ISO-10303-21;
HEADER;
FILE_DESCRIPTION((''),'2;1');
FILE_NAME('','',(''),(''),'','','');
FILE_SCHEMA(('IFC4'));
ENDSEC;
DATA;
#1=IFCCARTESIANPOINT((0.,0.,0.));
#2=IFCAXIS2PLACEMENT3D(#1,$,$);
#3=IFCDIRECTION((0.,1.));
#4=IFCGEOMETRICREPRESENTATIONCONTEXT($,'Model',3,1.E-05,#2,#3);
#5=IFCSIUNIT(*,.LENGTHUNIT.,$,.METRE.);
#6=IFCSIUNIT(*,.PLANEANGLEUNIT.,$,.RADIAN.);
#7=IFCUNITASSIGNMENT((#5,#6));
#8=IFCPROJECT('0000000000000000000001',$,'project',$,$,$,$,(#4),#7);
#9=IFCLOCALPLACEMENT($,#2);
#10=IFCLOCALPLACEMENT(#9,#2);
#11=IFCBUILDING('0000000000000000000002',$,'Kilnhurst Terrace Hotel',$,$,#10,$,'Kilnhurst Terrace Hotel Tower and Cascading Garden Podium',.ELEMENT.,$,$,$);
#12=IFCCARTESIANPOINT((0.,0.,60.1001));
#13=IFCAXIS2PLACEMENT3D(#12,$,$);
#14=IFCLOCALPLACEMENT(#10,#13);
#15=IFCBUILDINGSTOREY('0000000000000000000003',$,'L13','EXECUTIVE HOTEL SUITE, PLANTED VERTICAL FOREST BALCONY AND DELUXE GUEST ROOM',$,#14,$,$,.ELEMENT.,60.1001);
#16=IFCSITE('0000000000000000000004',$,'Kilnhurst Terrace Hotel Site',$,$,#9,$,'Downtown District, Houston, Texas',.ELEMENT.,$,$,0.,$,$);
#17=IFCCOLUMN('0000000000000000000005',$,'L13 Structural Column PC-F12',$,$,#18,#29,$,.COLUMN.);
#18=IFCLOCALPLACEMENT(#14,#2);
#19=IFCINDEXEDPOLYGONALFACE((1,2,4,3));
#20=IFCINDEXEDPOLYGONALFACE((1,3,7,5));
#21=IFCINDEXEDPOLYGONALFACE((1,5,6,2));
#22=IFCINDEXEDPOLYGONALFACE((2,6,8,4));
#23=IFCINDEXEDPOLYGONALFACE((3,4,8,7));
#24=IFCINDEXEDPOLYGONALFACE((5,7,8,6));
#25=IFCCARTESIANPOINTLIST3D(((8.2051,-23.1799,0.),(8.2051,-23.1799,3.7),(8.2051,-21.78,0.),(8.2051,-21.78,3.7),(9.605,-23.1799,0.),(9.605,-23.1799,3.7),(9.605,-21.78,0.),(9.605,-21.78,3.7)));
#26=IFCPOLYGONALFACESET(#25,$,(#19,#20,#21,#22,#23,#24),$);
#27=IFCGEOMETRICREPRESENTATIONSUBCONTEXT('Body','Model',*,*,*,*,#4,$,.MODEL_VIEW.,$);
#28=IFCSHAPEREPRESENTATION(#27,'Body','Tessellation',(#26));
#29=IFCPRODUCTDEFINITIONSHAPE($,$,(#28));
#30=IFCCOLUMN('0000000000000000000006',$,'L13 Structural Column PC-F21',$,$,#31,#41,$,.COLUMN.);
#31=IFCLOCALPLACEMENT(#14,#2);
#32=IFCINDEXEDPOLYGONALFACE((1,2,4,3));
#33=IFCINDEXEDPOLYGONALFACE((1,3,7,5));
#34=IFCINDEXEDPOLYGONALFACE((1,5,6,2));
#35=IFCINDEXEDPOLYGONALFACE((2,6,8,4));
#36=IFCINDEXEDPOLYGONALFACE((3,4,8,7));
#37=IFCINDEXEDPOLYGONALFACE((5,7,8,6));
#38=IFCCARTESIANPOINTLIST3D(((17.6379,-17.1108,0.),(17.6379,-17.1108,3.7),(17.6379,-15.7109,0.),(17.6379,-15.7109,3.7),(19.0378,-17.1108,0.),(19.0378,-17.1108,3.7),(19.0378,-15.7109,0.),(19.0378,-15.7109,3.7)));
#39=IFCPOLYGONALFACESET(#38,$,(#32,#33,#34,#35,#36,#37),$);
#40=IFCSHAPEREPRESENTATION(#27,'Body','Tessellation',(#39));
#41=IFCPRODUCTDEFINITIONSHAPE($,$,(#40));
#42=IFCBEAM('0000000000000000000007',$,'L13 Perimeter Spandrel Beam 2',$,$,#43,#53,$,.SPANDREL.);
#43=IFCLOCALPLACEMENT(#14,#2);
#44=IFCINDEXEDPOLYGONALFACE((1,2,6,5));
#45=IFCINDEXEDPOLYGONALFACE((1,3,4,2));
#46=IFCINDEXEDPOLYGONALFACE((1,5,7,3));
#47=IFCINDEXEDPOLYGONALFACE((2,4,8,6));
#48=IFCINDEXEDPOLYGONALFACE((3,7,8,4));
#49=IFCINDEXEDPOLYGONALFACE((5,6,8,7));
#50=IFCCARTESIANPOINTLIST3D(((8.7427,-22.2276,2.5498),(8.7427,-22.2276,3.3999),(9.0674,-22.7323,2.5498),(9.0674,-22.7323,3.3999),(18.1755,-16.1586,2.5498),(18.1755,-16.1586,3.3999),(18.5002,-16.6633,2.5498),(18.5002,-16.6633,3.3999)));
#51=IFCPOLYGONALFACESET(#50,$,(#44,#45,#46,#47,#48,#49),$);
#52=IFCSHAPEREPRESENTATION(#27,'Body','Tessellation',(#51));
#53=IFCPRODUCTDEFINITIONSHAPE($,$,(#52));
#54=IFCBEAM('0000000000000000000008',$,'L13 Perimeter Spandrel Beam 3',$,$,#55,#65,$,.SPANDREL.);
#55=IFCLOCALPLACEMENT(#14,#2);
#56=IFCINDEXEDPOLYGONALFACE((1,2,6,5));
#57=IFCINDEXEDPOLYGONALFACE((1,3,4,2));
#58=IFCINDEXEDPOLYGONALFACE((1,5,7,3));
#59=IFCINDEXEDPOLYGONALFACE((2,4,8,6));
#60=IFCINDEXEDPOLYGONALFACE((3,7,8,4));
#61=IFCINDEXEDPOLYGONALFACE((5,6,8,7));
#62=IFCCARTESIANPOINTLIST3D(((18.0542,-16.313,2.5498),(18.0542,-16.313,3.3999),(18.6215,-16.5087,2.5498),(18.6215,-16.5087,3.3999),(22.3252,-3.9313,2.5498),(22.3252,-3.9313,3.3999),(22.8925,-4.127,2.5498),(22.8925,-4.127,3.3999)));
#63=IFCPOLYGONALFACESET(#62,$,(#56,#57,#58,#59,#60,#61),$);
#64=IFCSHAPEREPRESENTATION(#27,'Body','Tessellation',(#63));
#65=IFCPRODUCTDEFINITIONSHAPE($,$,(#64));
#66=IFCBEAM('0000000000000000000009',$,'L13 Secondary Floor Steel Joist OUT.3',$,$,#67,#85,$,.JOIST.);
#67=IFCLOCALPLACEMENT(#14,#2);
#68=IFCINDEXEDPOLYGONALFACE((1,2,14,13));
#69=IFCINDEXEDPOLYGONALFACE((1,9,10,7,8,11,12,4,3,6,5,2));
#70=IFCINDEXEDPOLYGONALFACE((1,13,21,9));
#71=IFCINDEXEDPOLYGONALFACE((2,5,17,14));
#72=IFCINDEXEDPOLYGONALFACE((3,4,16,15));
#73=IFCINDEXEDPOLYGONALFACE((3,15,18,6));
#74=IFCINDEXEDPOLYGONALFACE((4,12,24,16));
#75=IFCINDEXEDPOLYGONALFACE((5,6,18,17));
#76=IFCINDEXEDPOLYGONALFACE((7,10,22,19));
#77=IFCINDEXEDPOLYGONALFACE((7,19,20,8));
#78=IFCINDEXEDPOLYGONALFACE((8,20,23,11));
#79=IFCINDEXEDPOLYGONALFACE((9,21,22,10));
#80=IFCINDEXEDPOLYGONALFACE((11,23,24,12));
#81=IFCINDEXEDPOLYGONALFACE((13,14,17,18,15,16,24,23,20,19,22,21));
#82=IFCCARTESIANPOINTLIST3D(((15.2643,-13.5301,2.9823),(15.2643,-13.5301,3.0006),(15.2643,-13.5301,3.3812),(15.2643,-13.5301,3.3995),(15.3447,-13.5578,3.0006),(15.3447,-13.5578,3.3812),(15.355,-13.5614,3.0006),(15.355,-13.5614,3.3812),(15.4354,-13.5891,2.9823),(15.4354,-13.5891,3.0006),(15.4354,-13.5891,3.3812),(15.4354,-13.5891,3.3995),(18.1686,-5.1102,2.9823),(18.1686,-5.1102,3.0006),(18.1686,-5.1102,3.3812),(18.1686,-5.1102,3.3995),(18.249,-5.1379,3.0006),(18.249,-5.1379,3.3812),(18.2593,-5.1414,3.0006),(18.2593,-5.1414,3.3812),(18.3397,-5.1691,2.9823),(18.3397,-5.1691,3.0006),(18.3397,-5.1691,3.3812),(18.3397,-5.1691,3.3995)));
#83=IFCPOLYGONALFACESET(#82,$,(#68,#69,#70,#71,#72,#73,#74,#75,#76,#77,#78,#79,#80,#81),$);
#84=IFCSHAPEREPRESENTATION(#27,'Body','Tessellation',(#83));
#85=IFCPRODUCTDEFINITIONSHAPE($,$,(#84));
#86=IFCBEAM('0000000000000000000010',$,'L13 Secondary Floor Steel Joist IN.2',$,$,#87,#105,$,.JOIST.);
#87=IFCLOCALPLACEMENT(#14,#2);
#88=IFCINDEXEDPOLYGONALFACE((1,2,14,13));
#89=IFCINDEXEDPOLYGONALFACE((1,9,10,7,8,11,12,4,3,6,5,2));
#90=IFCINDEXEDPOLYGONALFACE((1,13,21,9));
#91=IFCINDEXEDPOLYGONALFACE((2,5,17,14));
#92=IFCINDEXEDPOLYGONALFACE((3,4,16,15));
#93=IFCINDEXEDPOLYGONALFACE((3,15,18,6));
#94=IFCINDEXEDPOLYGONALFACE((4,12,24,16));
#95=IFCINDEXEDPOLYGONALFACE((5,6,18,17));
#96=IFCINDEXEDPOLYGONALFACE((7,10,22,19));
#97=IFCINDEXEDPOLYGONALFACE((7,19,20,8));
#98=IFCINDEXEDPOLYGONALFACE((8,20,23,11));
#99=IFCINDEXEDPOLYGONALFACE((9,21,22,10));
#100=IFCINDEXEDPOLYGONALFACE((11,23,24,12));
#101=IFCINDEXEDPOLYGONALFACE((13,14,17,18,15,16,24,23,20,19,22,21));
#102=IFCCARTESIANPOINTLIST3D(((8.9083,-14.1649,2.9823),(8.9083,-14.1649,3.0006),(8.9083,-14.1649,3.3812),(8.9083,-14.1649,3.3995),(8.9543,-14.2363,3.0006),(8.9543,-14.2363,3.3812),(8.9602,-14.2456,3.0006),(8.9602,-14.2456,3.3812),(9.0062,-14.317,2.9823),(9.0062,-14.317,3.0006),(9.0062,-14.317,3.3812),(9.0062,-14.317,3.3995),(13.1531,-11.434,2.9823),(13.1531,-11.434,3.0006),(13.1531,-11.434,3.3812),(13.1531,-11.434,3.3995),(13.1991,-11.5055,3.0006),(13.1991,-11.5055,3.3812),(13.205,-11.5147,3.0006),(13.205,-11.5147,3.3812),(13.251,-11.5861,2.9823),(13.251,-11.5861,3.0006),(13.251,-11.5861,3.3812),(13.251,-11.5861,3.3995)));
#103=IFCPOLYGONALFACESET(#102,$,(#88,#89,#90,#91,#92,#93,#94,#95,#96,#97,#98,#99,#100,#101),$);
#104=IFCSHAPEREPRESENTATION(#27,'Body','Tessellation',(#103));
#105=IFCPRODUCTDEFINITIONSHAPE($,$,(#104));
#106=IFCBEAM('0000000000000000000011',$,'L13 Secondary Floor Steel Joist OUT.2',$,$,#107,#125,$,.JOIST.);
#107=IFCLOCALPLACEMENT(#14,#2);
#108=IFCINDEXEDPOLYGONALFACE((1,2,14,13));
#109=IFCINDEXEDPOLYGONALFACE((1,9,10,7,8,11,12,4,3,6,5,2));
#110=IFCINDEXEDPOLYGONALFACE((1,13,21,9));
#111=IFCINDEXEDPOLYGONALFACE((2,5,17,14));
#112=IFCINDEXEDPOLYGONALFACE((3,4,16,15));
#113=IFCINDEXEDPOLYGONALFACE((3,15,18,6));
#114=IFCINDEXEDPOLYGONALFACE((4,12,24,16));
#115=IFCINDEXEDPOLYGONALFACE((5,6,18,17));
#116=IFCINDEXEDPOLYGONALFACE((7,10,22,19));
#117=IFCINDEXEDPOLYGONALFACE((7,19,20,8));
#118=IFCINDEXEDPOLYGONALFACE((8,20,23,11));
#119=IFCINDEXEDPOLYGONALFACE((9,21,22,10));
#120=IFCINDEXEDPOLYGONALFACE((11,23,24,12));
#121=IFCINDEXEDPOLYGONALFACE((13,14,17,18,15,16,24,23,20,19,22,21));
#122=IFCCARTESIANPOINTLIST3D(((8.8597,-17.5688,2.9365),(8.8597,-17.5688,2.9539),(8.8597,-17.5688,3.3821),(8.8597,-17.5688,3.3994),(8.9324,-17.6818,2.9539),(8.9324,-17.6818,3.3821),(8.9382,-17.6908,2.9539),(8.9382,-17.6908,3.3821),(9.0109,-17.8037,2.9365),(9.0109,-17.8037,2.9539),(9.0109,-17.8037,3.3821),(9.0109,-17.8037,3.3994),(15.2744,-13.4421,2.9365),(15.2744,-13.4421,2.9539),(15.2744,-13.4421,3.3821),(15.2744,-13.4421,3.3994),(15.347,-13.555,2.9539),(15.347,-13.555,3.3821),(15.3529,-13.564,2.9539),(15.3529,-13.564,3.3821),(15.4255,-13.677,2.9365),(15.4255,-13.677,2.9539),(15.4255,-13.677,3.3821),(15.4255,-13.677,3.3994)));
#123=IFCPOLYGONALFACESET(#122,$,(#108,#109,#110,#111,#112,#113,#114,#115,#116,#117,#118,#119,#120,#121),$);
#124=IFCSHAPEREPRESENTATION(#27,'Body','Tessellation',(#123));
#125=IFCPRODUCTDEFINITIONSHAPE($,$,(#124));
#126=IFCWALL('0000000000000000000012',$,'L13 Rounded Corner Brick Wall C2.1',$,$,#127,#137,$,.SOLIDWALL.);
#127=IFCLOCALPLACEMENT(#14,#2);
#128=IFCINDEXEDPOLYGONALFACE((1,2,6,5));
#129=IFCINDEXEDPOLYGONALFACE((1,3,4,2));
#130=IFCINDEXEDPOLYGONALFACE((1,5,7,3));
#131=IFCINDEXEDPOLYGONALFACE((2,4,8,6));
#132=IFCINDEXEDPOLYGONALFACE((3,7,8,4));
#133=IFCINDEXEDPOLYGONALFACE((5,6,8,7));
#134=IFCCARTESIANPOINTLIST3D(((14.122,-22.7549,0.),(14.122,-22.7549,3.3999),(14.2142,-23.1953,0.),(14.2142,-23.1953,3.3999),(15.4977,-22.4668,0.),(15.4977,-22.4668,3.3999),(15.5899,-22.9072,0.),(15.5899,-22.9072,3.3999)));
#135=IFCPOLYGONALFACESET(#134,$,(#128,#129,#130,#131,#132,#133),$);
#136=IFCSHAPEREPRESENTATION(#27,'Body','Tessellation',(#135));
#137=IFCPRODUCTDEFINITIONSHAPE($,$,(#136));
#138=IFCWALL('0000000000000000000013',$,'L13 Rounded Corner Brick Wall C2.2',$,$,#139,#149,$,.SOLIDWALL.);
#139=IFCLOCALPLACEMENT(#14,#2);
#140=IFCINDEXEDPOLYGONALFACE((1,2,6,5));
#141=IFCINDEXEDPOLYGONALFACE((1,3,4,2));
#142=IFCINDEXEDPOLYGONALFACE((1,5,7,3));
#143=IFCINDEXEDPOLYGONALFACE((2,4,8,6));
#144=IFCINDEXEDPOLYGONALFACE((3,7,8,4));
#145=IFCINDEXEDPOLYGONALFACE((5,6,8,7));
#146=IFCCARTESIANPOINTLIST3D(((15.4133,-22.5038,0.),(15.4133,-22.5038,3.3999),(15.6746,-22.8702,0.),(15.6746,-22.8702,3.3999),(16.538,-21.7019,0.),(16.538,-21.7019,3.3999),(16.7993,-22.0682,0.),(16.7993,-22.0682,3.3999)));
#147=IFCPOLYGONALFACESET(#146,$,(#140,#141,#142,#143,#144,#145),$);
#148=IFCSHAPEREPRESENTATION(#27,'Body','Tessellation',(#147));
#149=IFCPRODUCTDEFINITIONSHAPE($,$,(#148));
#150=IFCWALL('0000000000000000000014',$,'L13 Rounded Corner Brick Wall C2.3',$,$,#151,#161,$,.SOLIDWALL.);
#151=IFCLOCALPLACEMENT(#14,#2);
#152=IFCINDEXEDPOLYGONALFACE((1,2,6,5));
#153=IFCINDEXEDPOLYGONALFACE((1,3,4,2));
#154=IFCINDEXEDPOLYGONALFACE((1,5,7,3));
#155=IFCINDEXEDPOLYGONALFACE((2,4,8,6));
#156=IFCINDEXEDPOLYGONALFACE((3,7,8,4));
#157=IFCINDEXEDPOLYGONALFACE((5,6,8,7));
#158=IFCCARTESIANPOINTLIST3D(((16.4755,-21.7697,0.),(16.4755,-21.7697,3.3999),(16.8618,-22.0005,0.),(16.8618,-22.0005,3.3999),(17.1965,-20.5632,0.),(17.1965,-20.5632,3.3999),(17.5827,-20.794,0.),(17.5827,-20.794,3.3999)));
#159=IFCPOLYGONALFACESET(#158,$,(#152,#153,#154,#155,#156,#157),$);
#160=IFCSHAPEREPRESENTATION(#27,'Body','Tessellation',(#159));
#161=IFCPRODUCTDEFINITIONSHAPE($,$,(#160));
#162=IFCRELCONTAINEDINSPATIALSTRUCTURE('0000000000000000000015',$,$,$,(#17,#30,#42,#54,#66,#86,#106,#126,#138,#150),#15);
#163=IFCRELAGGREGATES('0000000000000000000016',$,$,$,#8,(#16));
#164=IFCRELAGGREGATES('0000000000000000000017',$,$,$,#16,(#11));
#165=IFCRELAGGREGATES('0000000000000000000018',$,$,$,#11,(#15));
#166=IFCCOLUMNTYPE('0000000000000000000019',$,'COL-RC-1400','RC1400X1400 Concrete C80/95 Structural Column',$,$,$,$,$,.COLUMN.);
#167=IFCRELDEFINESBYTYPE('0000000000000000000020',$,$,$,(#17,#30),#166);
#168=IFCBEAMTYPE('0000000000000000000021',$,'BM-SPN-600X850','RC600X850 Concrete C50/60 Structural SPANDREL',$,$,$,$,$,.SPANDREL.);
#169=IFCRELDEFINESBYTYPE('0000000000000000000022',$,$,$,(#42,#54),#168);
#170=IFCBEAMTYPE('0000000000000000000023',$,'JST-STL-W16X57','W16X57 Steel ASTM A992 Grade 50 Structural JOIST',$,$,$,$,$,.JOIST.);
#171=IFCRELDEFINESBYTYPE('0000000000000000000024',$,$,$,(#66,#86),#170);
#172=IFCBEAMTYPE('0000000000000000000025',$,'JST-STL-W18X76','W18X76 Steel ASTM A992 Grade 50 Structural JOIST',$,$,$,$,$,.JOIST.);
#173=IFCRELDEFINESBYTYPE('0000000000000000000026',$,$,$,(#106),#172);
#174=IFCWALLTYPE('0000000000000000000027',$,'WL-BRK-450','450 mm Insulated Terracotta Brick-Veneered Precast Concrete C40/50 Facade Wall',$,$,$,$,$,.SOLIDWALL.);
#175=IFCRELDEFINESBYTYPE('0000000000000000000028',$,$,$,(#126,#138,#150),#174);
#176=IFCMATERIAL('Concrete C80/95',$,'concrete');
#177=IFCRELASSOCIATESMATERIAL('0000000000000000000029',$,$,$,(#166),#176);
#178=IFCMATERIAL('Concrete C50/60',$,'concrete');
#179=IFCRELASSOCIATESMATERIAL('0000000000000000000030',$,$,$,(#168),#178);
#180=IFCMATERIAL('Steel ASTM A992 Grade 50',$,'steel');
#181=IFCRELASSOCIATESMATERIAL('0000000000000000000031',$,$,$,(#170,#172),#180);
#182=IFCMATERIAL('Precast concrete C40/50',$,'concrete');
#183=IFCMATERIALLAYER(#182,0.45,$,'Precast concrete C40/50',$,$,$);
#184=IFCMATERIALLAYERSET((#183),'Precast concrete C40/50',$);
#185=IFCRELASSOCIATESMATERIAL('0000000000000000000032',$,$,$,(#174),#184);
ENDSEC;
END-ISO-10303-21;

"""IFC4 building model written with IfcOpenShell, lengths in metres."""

from ifc_helpers import new_model, si_unit, direction, frame, frame_2d, origin, origin_2d, place, context, subcontext, project, spatial, rectangle, i_section, extrude, material, layer, layer_set, material_profile, profile_set, type_object, element, save


model = new_model("IFC4")

# Units and contexts
model_context = context("Model", 3, precision=1e-05, world=origin(), true_north=direction((0.0, 1.0)))
body_context = subcontext(model_context, "Body", "Model", "MODEL_VIEW")
ifc_project = project(units=[si_unit("LENGTHUNIT", "METRE"), si_unit("PLANEANGLEUNIT", "RADIAN")], contexts=[model_context])

# Site, building, storey
site_placement = place(None, origin())
site = spatial("IfcSite", under=ifc_project, at=site_placement, Name="Kilnhurst Terrace Hotel Site", LongName="Downtown District, Houston, Texas", CompositionType="ELEMENT", RefElevation=0.0)
building_placement = place(site_placement, origin())
building = spatial("IfcBuilding", under=site, at=building_placement, Name="Kilnhurst Terrace Hotel", LongName="Kilnhurst Terrace Hotel Tower and Cascading Garden Podium", CompositionType="ELEMENT")
storey_placement = place(building_placement, frame((0.0, 0.0, 60.1001)))
storey = spatial("IfcBuildingStorey", under=building, at=storey_placement, Name="L13", Description="EXECUTIVE HOTEL SUITE, PLANTED VERTICAL FOREST BALCONY AND DELUXE GUEST ROOM", CompositionType="ELEMENT", Elevation=60.1001)

# Columns
ifc_material_1 = material(Name="Concrete C80/95", Category="concrete")
ifc_material_profile_1 = material_profile(ifc_material_1, rectangle(XDim=1.3999, YDim=1.3999, at=origin_2d()), Name="RC1400X1400")
ifc_profile_set_1 = profile_set([ifc_material_profile_1], Name="Concrete C80/95")
column_type = type_object("IfcColumnType", Name="COL-RC-1400", Description="RC1400X1400 Concrete C80/95 Structural Column", PredefinedType="COLUMN", material=ifc_profile_set_1)
for number, where, z_axis, x_axis, name in (
    (1, (8.905, -22.48, 0.0), (0.0, 0.0, 1.0), (1.0, 0.0, 0.0), "L13 Structural Column PC-F12"),
    (2, (18.3379, -16.4109, 0.0), (0.0, 0.0, 1.0), (1.0, 0.0, 0.0), "L13 Structural Column PC-F21"),
):
    element("IfcColumn", number, at=place(storey_placement, frame(where, z_axis=z_axis, x_axis=x_axis)), inside=storey, type_object=column_type, Name=name, PredefinedType="COLUMN", context=body_context, shape_type="SweptSolid", body=[
        extrude(rectangle(XDim=1.3999, YDim=1.3999, at=origin_2d()), origin(), (0.0, 0.0, 1.0), 3.7),
    ])

# Beams
ifc_material_2 = material(Name="Concrete C50/60", Category="concrete")
ifc_material_profile_2 = material_profile(ifc_material_2, rectangle(XDim=0.6001, YDim=0.8501, at=origin_2d()), Name="RC600X850")
ifc_profile_set_2 = profile_set([ifc_material_profile_2], Name="Concrete C50/60")
beam_type_1 = type_object("IfcBeamType", Name="BM-SPN-600X850", Description="RC600X850 Concrete C50/60 Structural SPANDREL", PredefinedType="SPANDREL", material=ifc_profile_set_2)
beam_1_placement = place(storey_placement, frame((8.905, -22.48, 2.9749), z_axis=(0.840971, 0.54108, 0.0), x_axis=(-0.54108, 0.840971, 0.0)))
element("IfcBeam", 3, at=beam_1_placement, inside=storey, type_object=beam_type_1, Name="L13 Perimeter Spandrel Beam 2", PredefinedType="SPANDREL", context=body_context, shape_type="SweptSolid", body=[
    extrude(rectangle(XDim=0.6001, YDim=0.8501, at=origin_2d()), origin(), (0.0, 0.0, 1.0), 11.2166),
])
beam_2_placement = place(storey_placement, frame((18.3379, -16.4109, 2.9749), z_axis=(0.326086, 0.94534, 0.0), x_axis=(-0.94534, 0.326086, 0.0)))
element("IfcBeam", 4, at=beam_2_placement, inside=storey, type_object=beam_type_1, Name="L13 Perimeter Spandrel Beam 3", PredefinedType="SPANDREL", context=body_context, shape_type="SweptSolid", body=[
    extrude(rectangle(XDim=0.6001, YDim=0.8501, at=origin_2d()), origin(), (0.0, 0.0, 1.0), 13.0977),
])
ifc_material_3 = material(Name="Steel ASTM A992 Grade 50", Category="steel")
ifc_material_profile_3 = material_profile(ifc_material_3, i_section(OverallWidth=0.1809, OverallDepth=0.4172, WebThickness=0.011, FlangeThickness=0.0183, at=origin_2d()), Name="W16X57")
ifc_profile_set_3 = profile_set([ifc_material_profile_3], Name="Steel ASTM A992 Grade 50")
beam_type_2 = type_object("IfcBeamType", Name="JST-STL-W16X57", Description="W16X57 Steel ASTM A992 Grade 50 Structural JOIST", PredefinedType="JOIST", material=ifc_profile_set_3)
beam_3_placement = place(storey_placement, frame((15.3499, -13.5596, 3.1909), z_axis=(0.326079, 0.945343, 0.0), x_axis=(-0.945343, 0.326079, 0.0)))
element("IfcBeam", 5, at=beam_3_placement, inside=storey, type_object=beam_type_2, Name="L13 Secondary Floor Steel Joist OUT.3", PredefinedType="JOIST", context=body_context, shape_type="SweptSolid", body=[
    extrude(i_section(OverallWidth=0.1809, OverallDepth=0.4172, WebThickness=0.011, FlangeThickness=0.0183, at=origin_2d()), origin(), (0.0, 0.0, 1.0), 8.9067),
])
beam_4_placement = place(storey_placement, frame((8.9573, -14.241, 3.1909), z_axis=(0.840988, 0.541053, 0.0), x_axis=(-0.541053, 0.840988, 0.0)))
element("IfcBeam", 6, at=beam_4_placement, inside=storey, type_object=beam_type_2, Name="L13 Secondary Floor Steel Joist IN.2", PredefinedType="JOIST", context=body_context, shape_type="SweptSolid", body=[
    extrude(i_section(OverallWidth=0.1809, OverallDepth=0.4172, WebThickness=0.011, FlangeThickness=0.0183, at=origin_2d()), origin(), (0.0, 0.0, 1.0), 5.0474),
])
ifc_material_profile_4 = material_profile(ifc_material_3, i_section(OverallWidth=0.2793, OverallDepth=0.4629, WebThickness=0.0107, FlangeThickness=0.0173, at=origin_2d()), Name="W18X76")
ifc_profile_set_4 = profile_set([ifc_material_profile_4], Name="Steel ASTM A992 Grade 50")
beam_type_3 = type_object("IfcBeamType", Name="JST-STL-W18X76", Description="W18X76 Steel ASTM A992 Grade 50 Structural JOIST", PredefinedType="JOIST", material=ifc_profile_set_4)
beam_5_placement = place(storey_placement, frame((8.9353, -17.6863, 3.168), z_axis=(0.840995, 0.541042, 0.0), x_axis=(-0.541042, 0.840995, 0.0)))
element("IfcBeam", 7, at=beam_5_placement, inside=storey, type_object=beam_type_3, Name="L13 Secondary Floor Steel Joist OUT.2", PredefinedType="JOIST", context=body_context, shape_type="SweptSolid", body=[
    extrude(i_section(OverallWidth=0.2793, OverallDepth=0.4629, WebThickness=0.0107, FlangeThickness=0.0173, at=origin_2d()), origin(), (0.0, 0.0, 1.0), 7.6274),
])

# Walls
ifc_material_4 = material(Name="Precast concrete C40/50", Category="concrete")
ifc_layer_1 = layer(ifc_material_4, 0.45, Name="Precast concrete C40/50")
ifc_layer_set_1 = layer_set([ifc_layer_1], Name="Precast concrete C40/50")
wall_type_1 = type_object("IfcWallType", Name="WL-BRK-450", Description="450 mm Insulated Terracotta Brick-Veneered Precast Concrete C40/50 Facade Wall", PredefinedType="SOLIDWALL", material=ifc_layer_set_1)
wall_1_placement = place(storey_placement, frame((14.1682, -22.9751, 0.0), z_axis=(0.0, 0.0, 1.0), x_axis=(0.97877, 0.20496, 0.0)))
element("IfcWall", 8, at=wall_1_placement, inside=storey, type_object=wall_type_1, Name="L13 Rounded Corner Brick Wall C2.1", PredefinedType="SOLIDWALL", context=body_context, shape_type="SweptSolid", body=[
    extrude(rectangle(XDim=1.4055, YDim=0.45, at=frame_2d((0.7026, 0.0))), origin(), (0.0, 0.0, 1.0), 3.3999),
])
wall_2_placement = place(storey_placement, frame((15.5439, -22.687, 0.0), z_axis=(0.0, 0.0, 1.0), x_axis=(0.814211, 0.580569, 0.0)))
element("IfcWall", 9, at=wall_2_placement, inside=storey, type_object=wall_type_1, Name="L13 Rounded Corner Brick Wall C2.2", PredefinedType="SOLIDWALL", context=body_context, shape_type="SweptSolid", body=[
    extrude(rectangle(XDim=1.3813, YDim=0.45, at=frame_2d((0.6907, 0.0))), origin(), (0.0, 0.0, 1.0), 3.3999),
])
wall_3_placement = place(storey_placement, frame((16.6687, -21.885, 0.0), z_axis=(0.0, 0.0, 1.0), x_axis=(0.512937, 0.858426, 0.0)))
element("IfcWall", 10, at=wall_3_placement, inside=storey, type_object=wall_type_1, Name="L13 Rounded Corner Brick Wall C2.3", PredefinedType="SOLIDWALL", context=body_context, shape_type="SweptSolid", body=[
    extrude(rectangle(XDim=1.4055, YDim=0.45, at=frame_2d((0.7026, 0.0))), origin(), (0.0, 0.0, 1.0), 3.3999),
])

save(model, "model.ifc")
